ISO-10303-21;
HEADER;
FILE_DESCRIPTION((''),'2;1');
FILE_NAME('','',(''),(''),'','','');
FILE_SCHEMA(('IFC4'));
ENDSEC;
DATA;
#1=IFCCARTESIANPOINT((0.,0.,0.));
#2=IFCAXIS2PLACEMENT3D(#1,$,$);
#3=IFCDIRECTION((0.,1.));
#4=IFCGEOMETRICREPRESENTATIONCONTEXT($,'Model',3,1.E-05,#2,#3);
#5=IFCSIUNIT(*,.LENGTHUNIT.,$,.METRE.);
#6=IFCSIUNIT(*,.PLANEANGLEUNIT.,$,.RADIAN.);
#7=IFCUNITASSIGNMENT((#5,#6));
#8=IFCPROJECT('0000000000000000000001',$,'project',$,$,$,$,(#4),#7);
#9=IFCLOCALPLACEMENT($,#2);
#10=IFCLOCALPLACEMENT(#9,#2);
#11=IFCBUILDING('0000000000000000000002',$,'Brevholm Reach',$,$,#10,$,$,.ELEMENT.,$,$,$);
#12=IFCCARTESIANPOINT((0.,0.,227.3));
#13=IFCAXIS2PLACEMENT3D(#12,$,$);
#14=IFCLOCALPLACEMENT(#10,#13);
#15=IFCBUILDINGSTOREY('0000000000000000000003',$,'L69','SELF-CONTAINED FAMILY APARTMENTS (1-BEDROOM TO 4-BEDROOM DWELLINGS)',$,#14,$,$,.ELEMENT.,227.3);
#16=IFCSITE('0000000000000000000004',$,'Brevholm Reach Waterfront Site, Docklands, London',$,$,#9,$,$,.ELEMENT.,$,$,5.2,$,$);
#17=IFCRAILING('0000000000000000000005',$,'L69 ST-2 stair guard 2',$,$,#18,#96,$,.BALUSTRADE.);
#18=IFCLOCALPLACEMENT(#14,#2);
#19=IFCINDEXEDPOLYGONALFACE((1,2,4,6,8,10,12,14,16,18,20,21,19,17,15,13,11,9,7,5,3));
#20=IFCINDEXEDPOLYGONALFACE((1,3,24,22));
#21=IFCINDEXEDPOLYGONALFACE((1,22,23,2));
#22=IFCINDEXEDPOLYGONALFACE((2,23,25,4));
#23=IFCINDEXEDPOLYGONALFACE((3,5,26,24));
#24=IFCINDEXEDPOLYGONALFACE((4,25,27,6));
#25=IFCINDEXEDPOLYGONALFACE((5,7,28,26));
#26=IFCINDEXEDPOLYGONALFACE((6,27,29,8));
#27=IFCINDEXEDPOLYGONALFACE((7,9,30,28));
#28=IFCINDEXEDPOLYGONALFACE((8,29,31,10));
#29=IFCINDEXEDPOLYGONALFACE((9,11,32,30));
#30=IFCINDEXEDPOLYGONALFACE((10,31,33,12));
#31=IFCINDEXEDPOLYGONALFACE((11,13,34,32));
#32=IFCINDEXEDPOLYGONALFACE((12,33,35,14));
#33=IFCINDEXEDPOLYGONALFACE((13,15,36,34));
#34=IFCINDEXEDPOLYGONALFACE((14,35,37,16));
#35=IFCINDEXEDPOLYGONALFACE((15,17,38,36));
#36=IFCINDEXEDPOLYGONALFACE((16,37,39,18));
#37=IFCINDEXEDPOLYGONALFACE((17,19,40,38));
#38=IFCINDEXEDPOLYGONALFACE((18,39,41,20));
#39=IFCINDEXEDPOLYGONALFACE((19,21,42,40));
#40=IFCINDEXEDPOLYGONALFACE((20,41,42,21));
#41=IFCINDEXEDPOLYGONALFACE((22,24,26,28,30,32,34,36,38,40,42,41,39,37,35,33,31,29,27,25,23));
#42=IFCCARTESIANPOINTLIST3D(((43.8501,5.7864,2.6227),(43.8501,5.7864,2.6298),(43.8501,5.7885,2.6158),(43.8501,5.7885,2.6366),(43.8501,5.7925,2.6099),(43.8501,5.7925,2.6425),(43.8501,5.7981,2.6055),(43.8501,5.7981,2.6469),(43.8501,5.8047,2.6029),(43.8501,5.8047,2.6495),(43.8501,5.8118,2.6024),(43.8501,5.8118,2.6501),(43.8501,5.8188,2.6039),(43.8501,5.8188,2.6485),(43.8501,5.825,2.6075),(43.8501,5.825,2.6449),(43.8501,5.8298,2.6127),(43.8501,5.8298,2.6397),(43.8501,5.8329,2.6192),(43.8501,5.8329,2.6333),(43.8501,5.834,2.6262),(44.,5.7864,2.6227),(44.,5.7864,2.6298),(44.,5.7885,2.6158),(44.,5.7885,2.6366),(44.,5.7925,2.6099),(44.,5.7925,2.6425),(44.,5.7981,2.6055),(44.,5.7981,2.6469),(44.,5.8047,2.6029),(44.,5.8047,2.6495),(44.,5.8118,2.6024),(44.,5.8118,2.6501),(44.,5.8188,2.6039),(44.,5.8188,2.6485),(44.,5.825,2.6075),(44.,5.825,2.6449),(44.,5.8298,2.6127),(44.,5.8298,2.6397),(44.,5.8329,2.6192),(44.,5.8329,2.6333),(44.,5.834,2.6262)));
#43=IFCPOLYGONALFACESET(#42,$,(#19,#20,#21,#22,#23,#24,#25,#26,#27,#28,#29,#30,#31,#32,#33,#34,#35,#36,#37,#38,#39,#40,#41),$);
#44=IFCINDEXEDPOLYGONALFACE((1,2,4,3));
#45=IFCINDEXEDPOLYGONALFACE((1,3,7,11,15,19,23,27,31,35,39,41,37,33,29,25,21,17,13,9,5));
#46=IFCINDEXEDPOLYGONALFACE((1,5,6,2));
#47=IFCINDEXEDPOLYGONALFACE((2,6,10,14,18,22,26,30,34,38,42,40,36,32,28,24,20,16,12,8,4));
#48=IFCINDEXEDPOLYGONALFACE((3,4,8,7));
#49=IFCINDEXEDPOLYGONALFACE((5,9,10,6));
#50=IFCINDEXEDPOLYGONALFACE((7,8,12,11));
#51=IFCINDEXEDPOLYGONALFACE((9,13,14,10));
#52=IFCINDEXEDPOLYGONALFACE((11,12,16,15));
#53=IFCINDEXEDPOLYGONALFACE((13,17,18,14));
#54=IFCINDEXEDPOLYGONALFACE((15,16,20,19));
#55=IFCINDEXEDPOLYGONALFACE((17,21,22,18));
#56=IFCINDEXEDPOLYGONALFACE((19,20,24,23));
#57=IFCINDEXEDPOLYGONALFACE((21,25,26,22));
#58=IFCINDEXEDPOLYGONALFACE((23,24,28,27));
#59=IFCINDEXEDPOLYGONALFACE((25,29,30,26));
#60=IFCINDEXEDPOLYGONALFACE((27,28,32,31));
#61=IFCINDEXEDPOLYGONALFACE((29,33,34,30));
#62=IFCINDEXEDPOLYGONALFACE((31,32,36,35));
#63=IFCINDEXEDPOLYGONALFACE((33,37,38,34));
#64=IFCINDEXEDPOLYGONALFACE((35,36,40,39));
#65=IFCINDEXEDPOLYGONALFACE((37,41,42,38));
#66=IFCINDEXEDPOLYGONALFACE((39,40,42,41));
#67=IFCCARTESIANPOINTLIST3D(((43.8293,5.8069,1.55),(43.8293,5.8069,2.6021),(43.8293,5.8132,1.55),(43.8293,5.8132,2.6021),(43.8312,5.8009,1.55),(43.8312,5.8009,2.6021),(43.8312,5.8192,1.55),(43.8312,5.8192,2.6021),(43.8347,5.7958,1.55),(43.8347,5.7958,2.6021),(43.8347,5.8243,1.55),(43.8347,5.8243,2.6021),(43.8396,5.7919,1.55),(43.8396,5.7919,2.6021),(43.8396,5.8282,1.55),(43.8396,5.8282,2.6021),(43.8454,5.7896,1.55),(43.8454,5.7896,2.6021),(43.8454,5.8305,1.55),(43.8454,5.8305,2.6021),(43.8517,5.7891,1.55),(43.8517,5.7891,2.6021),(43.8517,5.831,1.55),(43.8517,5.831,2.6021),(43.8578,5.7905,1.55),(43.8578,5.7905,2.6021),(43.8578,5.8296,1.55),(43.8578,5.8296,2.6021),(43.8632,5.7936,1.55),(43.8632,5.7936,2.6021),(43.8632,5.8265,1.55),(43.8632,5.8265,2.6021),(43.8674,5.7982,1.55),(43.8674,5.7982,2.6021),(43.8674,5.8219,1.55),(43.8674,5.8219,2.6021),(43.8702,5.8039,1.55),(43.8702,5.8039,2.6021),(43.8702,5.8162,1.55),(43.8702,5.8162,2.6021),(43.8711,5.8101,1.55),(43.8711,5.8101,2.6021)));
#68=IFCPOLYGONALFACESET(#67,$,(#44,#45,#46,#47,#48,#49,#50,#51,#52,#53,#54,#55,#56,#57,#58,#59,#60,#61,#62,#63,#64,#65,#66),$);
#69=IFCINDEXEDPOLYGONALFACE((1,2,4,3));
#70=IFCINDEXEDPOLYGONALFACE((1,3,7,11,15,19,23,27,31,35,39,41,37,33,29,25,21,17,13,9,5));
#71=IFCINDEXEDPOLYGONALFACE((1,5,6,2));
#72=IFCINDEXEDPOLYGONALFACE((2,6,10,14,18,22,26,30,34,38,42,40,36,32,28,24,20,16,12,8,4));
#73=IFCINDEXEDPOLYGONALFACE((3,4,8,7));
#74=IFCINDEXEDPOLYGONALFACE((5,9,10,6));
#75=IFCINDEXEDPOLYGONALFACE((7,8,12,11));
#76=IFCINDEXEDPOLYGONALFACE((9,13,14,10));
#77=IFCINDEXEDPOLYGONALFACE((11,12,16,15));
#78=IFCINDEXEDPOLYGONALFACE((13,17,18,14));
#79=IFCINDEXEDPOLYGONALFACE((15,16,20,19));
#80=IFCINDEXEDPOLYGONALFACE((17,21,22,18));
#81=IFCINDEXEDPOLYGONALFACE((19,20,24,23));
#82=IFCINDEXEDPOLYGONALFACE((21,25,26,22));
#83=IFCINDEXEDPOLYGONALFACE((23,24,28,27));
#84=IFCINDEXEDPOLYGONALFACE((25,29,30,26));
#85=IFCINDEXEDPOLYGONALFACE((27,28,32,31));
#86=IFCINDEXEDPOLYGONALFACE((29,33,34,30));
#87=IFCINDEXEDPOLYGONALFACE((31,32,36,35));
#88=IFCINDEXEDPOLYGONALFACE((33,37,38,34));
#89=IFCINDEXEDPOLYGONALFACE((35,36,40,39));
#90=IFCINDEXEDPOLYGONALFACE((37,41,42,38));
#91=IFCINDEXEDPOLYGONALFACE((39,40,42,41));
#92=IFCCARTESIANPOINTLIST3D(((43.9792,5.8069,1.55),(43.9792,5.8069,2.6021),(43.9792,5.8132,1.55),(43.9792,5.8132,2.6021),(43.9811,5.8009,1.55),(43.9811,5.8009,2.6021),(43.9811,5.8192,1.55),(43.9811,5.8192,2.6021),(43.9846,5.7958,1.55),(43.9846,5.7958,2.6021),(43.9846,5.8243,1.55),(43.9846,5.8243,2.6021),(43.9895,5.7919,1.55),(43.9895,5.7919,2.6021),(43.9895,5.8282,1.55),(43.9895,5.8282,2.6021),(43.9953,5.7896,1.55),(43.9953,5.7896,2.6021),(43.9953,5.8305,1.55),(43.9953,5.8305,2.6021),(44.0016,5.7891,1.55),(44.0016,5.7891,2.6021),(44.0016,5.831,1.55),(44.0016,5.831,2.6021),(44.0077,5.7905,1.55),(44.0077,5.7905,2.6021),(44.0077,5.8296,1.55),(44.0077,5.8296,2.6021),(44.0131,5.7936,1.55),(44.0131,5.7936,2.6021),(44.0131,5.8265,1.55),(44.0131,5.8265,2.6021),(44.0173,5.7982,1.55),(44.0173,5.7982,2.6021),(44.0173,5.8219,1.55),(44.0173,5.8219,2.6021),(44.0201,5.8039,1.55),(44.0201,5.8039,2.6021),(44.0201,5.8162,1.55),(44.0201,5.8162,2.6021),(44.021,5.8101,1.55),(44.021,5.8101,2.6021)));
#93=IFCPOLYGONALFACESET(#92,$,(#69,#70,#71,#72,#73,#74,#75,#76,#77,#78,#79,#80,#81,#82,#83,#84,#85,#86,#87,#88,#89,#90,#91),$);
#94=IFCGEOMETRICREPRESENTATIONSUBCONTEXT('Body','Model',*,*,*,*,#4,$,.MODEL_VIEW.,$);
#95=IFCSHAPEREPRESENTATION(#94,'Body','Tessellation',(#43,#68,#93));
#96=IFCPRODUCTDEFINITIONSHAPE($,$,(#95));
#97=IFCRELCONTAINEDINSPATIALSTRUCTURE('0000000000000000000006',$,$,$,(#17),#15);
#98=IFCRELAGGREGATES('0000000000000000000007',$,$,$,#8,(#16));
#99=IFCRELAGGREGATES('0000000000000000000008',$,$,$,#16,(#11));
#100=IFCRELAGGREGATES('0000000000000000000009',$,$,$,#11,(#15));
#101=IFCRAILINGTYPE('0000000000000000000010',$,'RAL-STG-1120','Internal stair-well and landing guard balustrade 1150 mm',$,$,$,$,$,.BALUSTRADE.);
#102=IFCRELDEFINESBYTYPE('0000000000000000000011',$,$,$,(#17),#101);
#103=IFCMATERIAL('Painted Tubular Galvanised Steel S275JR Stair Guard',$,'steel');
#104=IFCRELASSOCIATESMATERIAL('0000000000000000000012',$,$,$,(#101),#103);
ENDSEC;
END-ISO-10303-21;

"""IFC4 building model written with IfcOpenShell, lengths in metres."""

from ifc_helpers import new_model, si_unit, direction, frame, origin, origin_2d, place, context, subcontext, project, spatial, circle, extrude, material, type_object, element, save


model = new_model("IFC4")

# Units and contexts
model_context = context("Model", 3, precision=1e-05, world=origin(), true_north=direction((0.0, 1.0)))
body_context = subcontext(model_context, "Body", "Model", "MODEL_VIEW")
ifc_project = project(units=[si_unit("LENGTHUNIT", "METRE"), si_unit("PLANEANGLEUNIT", "RADIAN")], contexts=[model_context])

# Site, building, storey
site_placement = place(None, origin())
site = spatial("IfcSite", under=ifc_project, at=site_placement, Name="Brevholm Reach Waterfront Site, Docklands, London", CompositionType="ELEMENT", RefElevation=5.2)
building_placement = place(site_placement, origin())
building = spatial("IfcBuilding", under=site, at=building_placement, Name="Brevholm Reach", CompositionType="ELEMENT")
storey_placement = place(building_placement, frame((0.0, 0.0, 227.3)))
storey = spatial("IfcBuildingStorey", under=building, at=storey_placement, Name="L69", Description="SELF-CONTAINED FAMILY APARTMENTS (1-BEDROOM TO 4-BEDROOM DWELLINGS)", CompositionType="ELEMENT", Elevation=227.3)

# Railing
ifc_material_1 = material(Name="Painted Tubular Galvanised Steel S275JR Stair Guard", Category="steel")
railing_type_1 = type_object("IfcRailingType", Name="RAL-STG-1120", Description="Internal stair-well and landing guard balustrade 1150 mm", PredefinedType="BALUSTRADE", material=ifc_material_1)
railing_1_placement = place(storey_placement, frame((43.8501, 5.8101, 1.55)))
element("IfcRailing", 1, at=railing_1_placement, inside=storey, type_object=railing_type_1, Name="L69 ST-2 stair guard 2", PredefinedType="BALUSTRADE", context=body_context, shape_type="SweptSolid", body=[
    extrude(circle(Radius=0.0239, at=origin_2d()), frame((0.0, 0.0, 1.0762), z_axis=(1.0, 0.0, 0.0), x_axis=(0.0, 1.0, 0.0)), (0.0, 0.0, 1.0), 0.1499),
    extrude(circle(Radius=0.021, at=origin_2d()), origin(), (0.0, 0.0, 1.0), 1.052),
    extrude(circle(Radius=0.021, at=origin_2d()), frame((0.1499, 0.0, 0.0)), (0.0, 0.0, 1.0), 1.052),
])

save(model, "model.ifc")
